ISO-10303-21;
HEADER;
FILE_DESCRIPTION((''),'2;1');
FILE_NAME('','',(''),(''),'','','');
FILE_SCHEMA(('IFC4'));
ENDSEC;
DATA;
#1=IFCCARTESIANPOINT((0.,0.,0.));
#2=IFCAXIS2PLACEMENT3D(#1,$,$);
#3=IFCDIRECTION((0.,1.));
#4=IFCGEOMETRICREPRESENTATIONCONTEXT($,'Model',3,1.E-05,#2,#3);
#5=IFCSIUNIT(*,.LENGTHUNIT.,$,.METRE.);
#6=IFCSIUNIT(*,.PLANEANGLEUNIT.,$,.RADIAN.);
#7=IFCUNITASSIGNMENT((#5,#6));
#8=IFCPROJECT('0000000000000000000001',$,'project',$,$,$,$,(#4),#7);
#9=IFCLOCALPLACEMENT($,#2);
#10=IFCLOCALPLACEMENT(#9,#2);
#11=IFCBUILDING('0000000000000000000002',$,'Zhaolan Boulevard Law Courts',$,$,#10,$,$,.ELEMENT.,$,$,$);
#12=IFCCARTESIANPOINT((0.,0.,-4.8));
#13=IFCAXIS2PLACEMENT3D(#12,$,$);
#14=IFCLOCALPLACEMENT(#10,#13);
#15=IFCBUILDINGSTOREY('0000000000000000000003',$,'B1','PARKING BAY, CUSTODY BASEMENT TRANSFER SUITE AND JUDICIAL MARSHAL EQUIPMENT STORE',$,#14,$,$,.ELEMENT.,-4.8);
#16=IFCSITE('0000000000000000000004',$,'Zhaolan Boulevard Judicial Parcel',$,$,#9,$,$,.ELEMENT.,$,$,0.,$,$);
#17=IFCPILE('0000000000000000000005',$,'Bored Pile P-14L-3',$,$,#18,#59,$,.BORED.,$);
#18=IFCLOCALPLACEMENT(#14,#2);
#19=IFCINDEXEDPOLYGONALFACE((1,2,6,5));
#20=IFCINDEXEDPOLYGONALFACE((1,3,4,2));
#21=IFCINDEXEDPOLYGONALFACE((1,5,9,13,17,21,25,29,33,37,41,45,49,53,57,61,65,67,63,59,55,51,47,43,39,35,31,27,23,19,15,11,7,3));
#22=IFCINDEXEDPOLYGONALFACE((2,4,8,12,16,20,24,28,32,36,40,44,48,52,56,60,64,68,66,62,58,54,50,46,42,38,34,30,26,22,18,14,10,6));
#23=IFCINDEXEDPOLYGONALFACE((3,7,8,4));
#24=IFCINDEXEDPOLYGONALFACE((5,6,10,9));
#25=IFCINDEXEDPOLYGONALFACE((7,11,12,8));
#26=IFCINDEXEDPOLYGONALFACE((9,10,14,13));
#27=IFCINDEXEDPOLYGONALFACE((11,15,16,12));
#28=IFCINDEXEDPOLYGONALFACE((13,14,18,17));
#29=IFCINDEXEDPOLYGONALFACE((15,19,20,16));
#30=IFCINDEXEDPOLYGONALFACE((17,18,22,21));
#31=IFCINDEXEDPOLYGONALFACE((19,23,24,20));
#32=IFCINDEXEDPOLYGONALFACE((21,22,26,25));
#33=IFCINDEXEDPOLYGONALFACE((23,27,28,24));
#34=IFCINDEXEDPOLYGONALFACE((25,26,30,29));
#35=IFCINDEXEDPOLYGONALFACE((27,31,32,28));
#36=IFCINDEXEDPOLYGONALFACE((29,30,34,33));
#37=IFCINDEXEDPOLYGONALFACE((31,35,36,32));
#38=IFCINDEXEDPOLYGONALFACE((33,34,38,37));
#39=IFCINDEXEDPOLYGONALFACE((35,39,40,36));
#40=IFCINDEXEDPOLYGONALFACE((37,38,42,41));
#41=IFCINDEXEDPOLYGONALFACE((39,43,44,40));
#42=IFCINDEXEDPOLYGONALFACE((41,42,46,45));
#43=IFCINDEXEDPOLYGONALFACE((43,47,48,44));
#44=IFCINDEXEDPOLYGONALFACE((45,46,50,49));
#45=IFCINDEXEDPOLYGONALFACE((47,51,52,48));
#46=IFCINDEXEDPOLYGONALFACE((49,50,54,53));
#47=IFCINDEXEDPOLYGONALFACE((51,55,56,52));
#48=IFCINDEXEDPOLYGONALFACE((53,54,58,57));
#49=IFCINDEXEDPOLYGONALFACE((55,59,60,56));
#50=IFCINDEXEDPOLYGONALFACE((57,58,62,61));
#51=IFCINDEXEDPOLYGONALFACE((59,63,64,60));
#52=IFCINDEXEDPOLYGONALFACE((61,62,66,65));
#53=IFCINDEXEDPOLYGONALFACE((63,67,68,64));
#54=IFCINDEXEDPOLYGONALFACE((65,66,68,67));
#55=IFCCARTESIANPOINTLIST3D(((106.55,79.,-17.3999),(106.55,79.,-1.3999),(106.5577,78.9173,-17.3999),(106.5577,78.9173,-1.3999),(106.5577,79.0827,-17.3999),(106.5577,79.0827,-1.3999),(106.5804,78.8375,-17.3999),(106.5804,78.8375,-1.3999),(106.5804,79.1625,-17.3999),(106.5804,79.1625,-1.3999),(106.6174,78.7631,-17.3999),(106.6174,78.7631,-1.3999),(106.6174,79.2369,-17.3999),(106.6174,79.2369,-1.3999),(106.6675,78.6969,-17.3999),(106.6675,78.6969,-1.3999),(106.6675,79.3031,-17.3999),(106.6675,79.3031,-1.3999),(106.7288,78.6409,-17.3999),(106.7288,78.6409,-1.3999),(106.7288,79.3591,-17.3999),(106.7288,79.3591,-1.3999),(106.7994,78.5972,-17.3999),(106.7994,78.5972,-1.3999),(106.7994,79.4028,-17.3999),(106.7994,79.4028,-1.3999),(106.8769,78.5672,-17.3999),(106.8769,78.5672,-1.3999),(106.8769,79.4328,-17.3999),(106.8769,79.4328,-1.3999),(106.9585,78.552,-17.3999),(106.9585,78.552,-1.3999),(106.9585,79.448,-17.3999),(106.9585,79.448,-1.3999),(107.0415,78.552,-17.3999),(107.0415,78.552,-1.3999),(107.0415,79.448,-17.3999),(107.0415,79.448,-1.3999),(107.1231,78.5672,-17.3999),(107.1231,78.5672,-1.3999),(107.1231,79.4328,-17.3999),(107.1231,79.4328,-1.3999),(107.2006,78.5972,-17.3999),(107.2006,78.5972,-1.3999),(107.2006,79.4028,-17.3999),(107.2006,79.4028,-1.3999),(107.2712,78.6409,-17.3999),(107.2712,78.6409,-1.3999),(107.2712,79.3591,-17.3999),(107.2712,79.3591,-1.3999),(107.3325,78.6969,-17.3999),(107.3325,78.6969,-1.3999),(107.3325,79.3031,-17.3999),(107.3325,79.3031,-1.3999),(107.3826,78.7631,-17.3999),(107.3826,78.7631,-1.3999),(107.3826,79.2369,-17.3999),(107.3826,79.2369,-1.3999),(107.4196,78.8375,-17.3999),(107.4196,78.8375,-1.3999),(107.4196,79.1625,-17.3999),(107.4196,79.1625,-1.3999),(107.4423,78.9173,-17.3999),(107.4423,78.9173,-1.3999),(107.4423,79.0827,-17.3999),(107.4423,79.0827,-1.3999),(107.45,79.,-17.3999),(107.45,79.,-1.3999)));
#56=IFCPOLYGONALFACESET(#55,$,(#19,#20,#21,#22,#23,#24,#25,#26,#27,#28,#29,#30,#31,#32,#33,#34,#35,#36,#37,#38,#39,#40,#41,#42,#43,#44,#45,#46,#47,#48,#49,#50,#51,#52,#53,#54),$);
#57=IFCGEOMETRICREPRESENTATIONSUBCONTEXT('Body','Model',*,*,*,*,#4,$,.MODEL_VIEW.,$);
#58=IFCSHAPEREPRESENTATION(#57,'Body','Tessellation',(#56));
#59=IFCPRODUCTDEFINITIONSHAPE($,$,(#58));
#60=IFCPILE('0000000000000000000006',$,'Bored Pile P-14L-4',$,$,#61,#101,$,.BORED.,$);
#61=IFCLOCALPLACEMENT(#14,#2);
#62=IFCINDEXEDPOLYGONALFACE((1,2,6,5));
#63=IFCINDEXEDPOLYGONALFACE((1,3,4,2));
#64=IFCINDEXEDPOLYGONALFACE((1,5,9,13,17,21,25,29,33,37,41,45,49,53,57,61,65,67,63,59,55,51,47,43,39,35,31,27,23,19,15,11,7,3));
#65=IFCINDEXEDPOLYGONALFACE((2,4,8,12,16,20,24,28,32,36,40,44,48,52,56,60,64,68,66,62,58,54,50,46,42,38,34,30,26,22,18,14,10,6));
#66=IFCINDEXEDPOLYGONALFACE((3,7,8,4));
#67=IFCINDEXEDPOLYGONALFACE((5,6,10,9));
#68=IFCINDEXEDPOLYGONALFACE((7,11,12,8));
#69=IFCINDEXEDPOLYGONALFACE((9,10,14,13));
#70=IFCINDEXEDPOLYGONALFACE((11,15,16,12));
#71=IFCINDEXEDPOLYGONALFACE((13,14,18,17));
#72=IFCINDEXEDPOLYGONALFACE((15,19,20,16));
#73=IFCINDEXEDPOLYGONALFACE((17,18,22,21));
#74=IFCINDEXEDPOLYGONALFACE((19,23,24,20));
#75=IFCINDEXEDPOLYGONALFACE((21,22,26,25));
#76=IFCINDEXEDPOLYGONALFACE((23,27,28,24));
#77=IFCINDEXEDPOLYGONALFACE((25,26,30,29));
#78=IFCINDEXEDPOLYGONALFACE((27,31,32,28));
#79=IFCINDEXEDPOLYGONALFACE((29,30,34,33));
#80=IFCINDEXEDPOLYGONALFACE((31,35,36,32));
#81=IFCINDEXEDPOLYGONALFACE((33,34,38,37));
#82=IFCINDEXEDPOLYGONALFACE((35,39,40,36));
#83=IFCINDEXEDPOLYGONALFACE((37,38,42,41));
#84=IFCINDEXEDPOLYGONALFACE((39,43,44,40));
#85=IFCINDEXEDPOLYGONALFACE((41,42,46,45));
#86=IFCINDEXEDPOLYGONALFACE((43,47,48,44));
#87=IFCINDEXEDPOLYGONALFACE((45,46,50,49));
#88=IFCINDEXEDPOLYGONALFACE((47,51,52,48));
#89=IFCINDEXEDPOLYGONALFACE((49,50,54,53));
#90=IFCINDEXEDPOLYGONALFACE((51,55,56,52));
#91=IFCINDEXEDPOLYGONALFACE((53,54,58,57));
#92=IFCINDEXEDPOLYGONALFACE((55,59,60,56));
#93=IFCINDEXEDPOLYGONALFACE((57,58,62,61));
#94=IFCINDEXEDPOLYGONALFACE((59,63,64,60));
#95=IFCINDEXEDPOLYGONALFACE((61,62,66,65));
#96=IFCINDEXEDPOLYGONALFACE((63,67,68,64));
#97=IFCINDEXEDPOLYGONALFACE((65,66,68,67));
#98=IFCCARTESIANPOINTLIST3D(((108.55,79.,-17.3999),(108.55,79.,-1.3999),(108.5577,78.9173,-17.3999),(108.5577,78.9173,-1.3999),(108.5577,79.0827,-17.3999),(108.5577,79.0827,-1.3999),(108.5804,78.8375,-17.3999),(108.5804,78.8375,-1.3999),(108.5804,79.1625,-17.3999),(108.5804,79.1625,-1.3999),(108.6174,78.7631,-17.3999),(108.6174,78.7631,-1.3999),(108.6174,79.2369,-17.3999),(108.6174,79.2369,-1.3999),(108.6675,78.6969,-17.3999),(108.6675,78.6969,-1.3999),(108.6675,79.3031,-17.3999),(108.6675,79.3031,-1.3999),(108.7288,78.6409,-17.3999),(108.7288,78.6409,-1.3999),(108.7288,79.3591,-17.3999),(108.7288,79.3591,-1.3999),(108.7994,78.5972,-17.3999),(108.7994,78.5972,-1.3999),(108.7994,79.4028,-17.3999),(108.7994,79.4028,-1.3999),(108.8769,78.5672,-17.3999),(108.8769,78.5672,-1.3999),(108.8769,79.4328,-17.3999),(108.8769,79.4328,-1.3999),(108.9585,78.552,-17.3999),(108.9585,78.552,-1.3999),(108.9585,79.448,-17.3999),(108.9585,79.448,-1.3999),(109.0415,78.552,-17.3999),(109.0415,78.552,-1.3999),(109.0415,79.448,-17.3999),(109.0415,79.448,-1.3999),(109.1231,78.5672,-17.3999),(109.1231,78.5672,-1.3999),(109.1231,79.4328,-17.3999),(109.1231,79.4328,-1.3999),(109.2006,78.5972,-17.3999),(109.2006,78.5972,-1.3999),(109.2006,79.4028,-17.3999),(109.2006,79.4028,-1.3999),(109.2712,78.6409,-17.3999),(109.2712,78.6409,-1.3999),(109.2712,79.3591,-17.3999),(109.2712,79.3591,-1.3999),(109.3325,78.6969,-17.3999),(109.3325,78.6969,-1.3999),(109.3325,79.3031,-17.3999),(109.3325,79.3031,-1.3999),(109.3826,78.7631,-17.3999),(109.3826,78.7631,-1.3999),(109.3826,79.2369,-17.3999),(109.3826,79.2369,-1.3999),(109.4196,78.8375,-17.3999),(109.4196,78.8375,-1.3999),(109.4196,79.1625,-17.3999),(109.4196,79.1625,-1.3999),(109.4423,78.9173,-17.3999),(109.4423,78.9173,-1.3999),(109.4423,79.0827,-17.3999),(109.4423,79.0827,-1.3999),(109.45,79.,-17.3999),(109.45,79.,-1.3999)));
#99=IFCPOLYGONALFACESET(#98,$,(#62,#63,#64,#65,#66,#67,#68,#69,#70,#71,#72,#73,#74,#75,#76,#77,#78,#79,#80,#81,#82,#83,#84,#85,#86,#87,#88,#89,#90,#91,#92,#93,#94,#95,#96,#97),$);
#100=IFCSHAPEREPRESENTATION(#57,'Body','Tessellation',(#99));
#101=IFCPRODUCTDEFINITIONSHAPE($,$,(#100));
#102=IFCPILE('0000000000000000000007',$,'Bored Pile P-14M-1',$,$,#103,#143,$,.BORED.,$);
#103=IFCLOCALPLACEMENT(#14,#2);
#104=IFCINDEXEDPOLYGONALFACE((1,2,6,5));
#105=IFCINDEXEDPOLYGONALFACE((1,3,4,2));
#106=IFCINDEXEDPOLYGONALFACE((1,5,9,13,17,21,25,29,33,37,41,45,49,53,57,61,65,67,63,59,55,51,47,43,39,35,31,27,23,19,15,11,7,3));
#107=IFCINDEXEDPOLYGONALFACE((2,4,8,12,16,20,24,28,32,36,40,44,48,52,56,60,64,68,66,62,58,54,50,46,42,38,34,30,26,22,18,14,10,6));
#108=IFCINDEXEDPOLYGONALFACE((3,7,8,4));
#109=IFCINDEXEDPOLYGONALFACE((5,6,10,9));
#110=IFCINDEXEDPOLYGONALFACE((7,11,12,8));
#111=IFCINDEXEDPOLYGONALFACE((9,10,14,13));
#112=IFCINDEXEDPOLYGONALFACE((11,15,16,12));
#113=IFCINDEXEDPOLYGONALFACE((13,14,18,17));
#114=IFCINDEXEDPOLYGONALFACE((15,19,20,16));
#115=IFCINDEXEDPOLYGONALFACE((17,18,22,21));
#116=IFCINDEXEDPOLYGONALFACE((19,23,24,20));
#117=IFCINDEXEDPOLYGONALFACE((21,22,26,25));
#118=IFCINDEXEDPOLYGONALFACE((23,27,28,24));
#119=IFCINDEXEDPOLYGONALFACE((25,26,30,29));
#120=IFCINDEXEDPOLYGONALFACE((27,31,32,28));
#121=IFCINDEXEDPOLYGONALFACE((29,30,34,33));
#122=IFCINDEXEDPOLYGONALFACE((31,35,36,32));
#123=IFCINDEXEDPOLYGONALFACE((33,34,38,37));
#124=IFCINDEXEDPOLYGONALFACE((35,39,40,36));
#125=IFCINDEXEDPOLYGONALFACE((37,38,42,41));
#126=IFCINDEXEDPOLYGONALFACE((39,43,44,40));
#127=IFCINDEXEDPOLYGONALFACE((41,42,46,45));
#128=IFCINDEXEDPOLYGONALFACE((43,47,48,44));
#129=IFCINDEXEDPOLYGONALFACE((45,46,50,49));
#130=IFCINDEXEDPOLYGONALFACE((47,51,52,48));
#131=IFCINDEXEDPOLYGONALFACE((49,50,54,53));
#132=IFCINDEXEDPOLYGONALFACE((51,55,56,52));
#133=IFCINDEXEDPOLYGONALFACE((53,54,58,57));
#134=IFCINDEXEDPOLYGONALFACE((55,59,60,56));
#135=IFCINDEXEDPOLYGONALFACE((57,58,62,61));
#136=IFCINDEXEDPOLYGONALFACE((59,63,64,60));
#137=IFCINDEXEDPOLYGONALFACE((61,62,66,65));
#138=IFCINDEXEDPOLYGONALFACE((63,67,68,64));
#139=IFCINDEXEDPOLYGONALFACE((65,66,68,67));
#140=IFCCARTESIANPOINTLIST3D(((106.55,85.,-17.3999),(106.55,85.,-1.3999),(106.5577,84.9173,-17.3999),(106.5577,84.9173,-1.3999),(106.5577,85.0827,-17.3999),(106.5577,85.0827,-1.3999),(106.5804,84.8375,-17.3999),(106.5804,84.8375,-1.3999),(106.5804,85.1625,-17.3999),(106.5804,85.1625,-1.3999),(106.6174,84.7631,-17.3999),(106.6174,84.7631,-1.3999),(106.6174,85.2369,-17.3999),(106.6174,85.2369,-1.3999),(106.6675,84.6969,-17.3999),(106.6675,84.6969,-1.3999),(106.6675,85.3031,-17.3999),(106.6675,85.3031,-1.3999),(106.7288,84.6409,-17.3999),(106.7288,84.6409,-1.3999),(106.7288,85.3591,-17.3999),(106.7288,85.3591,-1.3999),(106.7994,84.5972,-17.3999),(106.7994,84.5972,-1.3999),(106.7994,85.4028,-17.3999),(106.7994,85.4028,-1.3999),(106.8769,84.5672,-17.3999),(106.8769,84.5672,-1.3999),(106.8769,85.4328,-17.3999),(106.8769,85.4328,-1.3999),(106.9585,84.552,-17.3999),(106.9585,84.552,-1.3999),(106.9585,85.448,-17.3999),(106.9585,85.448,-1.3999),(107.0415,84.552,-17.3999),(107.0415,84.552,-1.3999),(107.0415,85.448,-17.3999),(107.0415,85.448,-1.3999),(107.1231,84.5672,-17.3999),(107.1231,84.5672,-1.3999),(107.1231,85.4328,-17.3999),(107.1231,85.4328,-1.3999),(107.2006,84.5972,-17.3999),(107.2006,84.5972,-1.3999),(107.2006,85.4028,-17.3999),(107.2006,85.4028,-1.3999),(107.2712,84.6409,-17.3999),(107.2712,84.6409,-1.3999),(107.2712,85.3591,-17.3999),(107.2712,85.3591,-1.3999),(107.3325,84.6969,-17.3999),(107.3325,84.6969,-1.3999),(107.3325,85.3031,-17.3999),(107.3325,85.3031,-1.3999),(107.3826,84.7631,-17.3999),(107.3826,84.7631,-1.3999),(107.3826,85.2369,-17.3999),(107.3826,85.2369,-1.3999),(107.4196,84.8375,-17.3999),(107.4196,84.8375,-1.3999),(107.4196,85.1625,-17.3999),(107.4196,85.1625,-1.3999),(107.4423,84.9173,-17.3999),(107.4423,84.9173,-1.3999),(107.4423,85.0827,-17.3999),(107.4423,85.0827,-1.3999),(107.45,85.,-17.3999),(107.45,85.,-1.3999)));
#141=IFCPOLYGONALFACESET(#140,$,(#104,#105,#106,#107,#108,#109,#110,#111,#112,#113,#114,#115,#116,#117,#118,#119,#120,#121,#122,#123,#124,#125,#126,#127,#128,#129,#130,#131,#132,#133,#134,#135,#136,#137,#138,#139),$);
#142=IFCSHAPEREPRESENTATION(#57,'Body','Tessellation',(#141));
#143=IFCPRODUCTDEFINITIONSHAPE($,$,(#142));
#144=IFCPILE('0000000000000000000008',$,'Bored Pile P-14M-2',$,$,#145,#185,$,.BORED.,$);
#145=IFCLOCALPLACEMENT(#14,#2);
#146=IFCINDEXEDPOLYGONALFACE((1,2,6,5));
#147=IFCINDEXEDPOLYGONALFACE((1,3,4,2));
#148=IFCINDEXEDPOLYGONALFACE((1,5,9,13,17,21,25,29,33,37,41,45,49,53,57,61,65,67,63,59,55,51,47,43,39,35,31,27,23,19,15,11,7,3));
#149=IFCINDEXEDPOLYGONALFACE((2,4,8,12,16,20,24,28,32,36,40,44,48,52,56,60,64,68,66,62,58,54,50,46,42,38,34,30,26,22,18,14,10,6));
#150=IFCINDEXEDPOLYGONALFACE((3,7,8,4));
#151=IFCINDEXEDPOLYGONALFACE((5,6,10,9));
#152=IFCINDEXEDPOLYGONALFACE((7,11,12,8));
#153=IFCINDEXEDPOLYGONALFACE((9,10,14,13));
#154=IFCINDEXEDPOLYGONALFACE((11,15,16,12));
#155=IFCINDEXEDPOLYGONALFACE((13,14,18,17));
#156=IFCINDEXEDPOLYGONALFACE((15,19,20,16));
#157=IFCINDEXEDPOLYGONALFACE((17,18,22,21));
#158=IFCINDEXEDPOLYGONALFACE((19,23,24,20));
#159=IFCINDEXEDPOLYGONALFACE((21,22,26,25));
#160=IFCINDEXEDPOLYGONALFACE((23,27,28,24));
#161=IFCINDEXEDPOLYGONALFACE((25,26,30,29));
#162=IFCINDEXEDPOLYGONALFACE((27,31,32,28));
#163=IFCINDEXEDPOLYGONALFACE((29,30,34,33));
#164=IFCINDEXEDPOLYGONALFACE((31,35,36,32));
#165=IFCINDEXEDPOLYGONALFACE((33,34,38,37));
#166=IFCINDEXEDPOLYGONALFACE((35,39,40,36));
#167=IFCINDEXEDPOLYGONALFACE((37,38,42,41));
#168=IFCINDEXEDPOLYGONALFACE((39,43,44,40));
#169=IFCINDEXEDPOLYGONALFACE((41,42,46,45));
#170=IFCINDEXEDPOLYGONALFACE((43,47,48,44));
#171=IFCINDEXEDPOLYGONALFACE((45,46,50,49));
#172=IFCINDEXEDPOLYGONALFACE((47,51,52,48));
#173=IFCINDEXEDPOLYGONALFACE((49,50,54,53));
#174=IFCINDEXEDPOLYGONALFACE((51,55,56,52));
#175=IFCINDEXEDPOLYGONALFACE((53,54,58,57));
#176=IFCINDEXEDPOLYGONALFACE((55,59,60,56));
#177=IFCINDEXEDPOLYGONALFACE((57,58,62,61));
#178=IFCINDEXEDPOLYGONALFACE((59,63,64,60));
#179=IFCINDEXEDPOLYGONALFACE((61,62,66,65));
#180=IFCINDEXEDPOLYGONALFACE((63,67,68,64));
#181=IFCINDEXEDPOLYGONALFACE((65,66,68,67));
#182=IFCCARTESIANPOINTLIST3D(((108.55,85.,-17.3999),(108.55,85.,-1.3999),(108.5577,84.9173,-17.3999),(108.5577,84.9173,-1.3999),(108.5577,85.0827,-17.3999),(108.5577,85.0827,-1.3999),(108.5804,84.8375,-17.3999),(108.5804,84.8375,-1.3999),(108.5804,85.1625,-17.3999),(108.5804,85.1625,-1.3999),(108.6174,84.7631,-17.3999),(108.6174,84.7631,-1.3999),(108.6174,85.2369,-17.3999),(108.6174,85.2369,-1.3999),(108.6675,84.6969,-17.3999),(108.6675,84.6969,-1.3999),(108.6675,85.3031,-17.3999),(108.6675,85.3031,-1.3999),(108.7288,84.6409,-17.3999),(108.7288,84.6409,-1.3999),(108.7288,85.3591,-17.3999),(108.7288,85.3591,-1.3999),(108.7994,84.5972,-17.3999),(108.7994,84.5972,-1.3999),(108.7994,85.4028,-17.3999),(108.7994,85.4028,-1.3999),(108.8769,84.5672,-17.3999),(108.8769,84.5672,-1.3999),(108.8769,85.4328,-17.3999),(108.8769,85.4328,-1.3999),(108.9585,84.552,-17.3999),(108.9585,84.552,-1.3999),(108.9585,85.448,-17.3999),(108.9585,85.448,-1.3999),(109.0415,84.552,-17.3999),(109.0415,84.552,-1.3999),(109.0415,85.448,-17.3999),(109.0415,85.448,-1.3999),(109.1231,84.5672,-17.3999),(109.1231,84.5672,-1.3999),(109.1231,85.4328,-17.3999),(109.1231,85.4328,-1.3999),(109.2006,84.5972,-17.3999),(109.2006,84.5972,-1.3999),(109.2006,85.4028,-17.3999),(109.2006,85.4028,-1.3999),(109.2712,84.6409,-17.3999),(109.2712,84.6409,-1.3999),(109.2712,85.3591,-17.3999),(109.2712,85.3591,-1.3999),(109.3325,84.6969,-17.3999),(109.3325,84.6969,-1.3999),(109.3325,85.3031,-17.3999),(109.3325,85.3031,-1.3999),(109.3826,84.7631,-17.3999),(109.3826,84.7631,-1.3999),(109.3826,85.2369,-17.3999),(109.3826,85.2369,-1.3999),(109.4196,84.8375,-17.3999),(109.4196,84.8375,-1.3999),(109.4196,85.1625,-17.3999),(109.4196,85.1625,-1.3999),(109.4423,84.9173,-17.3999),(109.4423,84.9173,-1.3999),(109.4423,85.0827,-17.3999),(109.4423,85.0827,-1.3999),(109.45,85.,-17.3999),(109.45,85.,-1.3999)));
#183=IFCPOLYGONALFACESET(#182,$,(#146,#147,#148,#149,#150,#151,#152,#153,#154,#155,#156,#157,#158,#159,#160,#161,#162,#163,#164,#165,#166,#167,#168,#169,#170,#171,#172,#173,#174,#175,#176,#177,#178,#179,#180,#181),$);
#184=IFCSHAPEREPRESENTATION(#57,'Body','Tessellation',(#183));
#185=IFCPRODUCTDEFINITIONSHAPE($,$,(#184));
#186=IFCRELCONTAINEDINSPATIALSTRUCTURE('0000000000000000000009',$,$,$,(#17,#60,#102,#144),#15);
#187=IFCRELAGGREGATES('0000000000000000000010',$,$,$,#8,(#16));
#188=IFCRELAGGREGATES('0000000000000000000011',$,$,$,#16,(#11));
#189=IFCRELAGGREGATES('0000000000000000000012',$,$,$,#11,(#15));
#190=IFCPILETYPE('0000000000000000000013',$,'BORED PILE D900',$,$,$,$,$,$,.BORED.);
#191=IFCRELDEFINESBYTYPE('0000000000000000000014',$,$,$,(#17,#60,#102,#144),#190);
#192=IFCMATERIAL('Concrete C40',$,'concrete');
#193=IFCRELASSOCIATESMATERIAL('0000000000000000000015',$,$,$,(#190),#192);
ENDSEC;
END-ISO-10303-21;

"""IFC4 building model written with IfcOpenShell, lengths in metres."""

from ifc_helpers import new_model, si_unit, direction, frame, origin, origin_2d, place, context, subcontext, project, spatial, circle, extrude, material, material_profile, profile_set, type_object, element, save


model = new_model("IFC4")

# Units and contexts
model_context = context("Model", 3, precision=1e-05, world=origin(), true_north=direction((0.0, 1.0)))
body_context = subcontext(model_context, "Body", "Model", "MODEL_VIEW")
ifc_project = project(units=[si_unit("LENGTHUNIT", "METRE"), si_unit("PLANEANGLEUNIT", "RADIAN")], contexts=[model_context])

# Site, building, storey
site_placement = place(None, origin())
site = spatial("IfcSite", under=ifc_project, at=site_placement, Name="Zhaolan Boulevard Judicial Parcel", CompositionType="ELEMENT", RefElevation=0.0)
building_placement = place(site_placement, origin())
building = spatial("IfcBuilding", under=site, at=building_placement, Name="Zhaolan Boulevard Law Courts", CompositionType="ELEMENT")
storey_placement = place(building_placement, frame((0.0, 0.0, -4.8)))
storey = spatial("IfcBuildingStorey", under=building, at=storey_placement, Name="B1", Description="PARKING BAY, CUSTODY BASEMENT TRANSFER SUITE AND JUDICIAL MARSHAL EQUIPMENT STORE", CompositionType="ELEMENT", Elevation=-4.8)

# Piles
ifc_material_1 = material(Name="Concrete C40", Category="concrete")
ifc_material_profile_1 = material_profile(ifc_material_1, circle(Radius=0.45, at=origin_2d()), Name="PILE-D900")
ifc_profile_set_1 = profile_set([ifc_material_profile_1], Name="Concrete C40")
pile_type = type_object("IfcPileType", Name="BORED PILE D900", PredefinedType="BORED", material=ifc_profile_set_1)
for number, where, z_axis, x_axis, name in (
    (1, (107.0, 79.0, -1.3999), (0.0, 0.0, -1.0), (1.0, 0.0, 0.0), "Bored Pile P-14L-3"),
    (2, (109.0, 79.0, -1.3999), (0.0, 0.0, -1.0), (1.0, 0.0, 0.0), "Bored Pile P-14L-4"),
    (3, (107.0, 85.0, -1.3999), (0.0, 0.0, -1.0), (1.0, 0.0, 0.0), "Bored Pile P-14M-1"),
    (4, (109.0, 85.0, -1.3999), (0.0, 0.0, -1.0), (1.0, 0.0, 0.0), "Bored Pile P-14M-2"),
):
    element("IfcPile", number, at=place(storey_placement, frame(where, z_axis=z_axis, x_axis=x_axis)), inside=storey, type_object=pile_type, Name=name, PredefinedType="BORED", context=body_context, shape_type="SweptSolid", body=[
        extrude(circle(Radius=0.45, at=origin_2d()), origin(), (0.0, 0.0, 1.0), 16.0),
    ])

save(model, "model.ifc")
